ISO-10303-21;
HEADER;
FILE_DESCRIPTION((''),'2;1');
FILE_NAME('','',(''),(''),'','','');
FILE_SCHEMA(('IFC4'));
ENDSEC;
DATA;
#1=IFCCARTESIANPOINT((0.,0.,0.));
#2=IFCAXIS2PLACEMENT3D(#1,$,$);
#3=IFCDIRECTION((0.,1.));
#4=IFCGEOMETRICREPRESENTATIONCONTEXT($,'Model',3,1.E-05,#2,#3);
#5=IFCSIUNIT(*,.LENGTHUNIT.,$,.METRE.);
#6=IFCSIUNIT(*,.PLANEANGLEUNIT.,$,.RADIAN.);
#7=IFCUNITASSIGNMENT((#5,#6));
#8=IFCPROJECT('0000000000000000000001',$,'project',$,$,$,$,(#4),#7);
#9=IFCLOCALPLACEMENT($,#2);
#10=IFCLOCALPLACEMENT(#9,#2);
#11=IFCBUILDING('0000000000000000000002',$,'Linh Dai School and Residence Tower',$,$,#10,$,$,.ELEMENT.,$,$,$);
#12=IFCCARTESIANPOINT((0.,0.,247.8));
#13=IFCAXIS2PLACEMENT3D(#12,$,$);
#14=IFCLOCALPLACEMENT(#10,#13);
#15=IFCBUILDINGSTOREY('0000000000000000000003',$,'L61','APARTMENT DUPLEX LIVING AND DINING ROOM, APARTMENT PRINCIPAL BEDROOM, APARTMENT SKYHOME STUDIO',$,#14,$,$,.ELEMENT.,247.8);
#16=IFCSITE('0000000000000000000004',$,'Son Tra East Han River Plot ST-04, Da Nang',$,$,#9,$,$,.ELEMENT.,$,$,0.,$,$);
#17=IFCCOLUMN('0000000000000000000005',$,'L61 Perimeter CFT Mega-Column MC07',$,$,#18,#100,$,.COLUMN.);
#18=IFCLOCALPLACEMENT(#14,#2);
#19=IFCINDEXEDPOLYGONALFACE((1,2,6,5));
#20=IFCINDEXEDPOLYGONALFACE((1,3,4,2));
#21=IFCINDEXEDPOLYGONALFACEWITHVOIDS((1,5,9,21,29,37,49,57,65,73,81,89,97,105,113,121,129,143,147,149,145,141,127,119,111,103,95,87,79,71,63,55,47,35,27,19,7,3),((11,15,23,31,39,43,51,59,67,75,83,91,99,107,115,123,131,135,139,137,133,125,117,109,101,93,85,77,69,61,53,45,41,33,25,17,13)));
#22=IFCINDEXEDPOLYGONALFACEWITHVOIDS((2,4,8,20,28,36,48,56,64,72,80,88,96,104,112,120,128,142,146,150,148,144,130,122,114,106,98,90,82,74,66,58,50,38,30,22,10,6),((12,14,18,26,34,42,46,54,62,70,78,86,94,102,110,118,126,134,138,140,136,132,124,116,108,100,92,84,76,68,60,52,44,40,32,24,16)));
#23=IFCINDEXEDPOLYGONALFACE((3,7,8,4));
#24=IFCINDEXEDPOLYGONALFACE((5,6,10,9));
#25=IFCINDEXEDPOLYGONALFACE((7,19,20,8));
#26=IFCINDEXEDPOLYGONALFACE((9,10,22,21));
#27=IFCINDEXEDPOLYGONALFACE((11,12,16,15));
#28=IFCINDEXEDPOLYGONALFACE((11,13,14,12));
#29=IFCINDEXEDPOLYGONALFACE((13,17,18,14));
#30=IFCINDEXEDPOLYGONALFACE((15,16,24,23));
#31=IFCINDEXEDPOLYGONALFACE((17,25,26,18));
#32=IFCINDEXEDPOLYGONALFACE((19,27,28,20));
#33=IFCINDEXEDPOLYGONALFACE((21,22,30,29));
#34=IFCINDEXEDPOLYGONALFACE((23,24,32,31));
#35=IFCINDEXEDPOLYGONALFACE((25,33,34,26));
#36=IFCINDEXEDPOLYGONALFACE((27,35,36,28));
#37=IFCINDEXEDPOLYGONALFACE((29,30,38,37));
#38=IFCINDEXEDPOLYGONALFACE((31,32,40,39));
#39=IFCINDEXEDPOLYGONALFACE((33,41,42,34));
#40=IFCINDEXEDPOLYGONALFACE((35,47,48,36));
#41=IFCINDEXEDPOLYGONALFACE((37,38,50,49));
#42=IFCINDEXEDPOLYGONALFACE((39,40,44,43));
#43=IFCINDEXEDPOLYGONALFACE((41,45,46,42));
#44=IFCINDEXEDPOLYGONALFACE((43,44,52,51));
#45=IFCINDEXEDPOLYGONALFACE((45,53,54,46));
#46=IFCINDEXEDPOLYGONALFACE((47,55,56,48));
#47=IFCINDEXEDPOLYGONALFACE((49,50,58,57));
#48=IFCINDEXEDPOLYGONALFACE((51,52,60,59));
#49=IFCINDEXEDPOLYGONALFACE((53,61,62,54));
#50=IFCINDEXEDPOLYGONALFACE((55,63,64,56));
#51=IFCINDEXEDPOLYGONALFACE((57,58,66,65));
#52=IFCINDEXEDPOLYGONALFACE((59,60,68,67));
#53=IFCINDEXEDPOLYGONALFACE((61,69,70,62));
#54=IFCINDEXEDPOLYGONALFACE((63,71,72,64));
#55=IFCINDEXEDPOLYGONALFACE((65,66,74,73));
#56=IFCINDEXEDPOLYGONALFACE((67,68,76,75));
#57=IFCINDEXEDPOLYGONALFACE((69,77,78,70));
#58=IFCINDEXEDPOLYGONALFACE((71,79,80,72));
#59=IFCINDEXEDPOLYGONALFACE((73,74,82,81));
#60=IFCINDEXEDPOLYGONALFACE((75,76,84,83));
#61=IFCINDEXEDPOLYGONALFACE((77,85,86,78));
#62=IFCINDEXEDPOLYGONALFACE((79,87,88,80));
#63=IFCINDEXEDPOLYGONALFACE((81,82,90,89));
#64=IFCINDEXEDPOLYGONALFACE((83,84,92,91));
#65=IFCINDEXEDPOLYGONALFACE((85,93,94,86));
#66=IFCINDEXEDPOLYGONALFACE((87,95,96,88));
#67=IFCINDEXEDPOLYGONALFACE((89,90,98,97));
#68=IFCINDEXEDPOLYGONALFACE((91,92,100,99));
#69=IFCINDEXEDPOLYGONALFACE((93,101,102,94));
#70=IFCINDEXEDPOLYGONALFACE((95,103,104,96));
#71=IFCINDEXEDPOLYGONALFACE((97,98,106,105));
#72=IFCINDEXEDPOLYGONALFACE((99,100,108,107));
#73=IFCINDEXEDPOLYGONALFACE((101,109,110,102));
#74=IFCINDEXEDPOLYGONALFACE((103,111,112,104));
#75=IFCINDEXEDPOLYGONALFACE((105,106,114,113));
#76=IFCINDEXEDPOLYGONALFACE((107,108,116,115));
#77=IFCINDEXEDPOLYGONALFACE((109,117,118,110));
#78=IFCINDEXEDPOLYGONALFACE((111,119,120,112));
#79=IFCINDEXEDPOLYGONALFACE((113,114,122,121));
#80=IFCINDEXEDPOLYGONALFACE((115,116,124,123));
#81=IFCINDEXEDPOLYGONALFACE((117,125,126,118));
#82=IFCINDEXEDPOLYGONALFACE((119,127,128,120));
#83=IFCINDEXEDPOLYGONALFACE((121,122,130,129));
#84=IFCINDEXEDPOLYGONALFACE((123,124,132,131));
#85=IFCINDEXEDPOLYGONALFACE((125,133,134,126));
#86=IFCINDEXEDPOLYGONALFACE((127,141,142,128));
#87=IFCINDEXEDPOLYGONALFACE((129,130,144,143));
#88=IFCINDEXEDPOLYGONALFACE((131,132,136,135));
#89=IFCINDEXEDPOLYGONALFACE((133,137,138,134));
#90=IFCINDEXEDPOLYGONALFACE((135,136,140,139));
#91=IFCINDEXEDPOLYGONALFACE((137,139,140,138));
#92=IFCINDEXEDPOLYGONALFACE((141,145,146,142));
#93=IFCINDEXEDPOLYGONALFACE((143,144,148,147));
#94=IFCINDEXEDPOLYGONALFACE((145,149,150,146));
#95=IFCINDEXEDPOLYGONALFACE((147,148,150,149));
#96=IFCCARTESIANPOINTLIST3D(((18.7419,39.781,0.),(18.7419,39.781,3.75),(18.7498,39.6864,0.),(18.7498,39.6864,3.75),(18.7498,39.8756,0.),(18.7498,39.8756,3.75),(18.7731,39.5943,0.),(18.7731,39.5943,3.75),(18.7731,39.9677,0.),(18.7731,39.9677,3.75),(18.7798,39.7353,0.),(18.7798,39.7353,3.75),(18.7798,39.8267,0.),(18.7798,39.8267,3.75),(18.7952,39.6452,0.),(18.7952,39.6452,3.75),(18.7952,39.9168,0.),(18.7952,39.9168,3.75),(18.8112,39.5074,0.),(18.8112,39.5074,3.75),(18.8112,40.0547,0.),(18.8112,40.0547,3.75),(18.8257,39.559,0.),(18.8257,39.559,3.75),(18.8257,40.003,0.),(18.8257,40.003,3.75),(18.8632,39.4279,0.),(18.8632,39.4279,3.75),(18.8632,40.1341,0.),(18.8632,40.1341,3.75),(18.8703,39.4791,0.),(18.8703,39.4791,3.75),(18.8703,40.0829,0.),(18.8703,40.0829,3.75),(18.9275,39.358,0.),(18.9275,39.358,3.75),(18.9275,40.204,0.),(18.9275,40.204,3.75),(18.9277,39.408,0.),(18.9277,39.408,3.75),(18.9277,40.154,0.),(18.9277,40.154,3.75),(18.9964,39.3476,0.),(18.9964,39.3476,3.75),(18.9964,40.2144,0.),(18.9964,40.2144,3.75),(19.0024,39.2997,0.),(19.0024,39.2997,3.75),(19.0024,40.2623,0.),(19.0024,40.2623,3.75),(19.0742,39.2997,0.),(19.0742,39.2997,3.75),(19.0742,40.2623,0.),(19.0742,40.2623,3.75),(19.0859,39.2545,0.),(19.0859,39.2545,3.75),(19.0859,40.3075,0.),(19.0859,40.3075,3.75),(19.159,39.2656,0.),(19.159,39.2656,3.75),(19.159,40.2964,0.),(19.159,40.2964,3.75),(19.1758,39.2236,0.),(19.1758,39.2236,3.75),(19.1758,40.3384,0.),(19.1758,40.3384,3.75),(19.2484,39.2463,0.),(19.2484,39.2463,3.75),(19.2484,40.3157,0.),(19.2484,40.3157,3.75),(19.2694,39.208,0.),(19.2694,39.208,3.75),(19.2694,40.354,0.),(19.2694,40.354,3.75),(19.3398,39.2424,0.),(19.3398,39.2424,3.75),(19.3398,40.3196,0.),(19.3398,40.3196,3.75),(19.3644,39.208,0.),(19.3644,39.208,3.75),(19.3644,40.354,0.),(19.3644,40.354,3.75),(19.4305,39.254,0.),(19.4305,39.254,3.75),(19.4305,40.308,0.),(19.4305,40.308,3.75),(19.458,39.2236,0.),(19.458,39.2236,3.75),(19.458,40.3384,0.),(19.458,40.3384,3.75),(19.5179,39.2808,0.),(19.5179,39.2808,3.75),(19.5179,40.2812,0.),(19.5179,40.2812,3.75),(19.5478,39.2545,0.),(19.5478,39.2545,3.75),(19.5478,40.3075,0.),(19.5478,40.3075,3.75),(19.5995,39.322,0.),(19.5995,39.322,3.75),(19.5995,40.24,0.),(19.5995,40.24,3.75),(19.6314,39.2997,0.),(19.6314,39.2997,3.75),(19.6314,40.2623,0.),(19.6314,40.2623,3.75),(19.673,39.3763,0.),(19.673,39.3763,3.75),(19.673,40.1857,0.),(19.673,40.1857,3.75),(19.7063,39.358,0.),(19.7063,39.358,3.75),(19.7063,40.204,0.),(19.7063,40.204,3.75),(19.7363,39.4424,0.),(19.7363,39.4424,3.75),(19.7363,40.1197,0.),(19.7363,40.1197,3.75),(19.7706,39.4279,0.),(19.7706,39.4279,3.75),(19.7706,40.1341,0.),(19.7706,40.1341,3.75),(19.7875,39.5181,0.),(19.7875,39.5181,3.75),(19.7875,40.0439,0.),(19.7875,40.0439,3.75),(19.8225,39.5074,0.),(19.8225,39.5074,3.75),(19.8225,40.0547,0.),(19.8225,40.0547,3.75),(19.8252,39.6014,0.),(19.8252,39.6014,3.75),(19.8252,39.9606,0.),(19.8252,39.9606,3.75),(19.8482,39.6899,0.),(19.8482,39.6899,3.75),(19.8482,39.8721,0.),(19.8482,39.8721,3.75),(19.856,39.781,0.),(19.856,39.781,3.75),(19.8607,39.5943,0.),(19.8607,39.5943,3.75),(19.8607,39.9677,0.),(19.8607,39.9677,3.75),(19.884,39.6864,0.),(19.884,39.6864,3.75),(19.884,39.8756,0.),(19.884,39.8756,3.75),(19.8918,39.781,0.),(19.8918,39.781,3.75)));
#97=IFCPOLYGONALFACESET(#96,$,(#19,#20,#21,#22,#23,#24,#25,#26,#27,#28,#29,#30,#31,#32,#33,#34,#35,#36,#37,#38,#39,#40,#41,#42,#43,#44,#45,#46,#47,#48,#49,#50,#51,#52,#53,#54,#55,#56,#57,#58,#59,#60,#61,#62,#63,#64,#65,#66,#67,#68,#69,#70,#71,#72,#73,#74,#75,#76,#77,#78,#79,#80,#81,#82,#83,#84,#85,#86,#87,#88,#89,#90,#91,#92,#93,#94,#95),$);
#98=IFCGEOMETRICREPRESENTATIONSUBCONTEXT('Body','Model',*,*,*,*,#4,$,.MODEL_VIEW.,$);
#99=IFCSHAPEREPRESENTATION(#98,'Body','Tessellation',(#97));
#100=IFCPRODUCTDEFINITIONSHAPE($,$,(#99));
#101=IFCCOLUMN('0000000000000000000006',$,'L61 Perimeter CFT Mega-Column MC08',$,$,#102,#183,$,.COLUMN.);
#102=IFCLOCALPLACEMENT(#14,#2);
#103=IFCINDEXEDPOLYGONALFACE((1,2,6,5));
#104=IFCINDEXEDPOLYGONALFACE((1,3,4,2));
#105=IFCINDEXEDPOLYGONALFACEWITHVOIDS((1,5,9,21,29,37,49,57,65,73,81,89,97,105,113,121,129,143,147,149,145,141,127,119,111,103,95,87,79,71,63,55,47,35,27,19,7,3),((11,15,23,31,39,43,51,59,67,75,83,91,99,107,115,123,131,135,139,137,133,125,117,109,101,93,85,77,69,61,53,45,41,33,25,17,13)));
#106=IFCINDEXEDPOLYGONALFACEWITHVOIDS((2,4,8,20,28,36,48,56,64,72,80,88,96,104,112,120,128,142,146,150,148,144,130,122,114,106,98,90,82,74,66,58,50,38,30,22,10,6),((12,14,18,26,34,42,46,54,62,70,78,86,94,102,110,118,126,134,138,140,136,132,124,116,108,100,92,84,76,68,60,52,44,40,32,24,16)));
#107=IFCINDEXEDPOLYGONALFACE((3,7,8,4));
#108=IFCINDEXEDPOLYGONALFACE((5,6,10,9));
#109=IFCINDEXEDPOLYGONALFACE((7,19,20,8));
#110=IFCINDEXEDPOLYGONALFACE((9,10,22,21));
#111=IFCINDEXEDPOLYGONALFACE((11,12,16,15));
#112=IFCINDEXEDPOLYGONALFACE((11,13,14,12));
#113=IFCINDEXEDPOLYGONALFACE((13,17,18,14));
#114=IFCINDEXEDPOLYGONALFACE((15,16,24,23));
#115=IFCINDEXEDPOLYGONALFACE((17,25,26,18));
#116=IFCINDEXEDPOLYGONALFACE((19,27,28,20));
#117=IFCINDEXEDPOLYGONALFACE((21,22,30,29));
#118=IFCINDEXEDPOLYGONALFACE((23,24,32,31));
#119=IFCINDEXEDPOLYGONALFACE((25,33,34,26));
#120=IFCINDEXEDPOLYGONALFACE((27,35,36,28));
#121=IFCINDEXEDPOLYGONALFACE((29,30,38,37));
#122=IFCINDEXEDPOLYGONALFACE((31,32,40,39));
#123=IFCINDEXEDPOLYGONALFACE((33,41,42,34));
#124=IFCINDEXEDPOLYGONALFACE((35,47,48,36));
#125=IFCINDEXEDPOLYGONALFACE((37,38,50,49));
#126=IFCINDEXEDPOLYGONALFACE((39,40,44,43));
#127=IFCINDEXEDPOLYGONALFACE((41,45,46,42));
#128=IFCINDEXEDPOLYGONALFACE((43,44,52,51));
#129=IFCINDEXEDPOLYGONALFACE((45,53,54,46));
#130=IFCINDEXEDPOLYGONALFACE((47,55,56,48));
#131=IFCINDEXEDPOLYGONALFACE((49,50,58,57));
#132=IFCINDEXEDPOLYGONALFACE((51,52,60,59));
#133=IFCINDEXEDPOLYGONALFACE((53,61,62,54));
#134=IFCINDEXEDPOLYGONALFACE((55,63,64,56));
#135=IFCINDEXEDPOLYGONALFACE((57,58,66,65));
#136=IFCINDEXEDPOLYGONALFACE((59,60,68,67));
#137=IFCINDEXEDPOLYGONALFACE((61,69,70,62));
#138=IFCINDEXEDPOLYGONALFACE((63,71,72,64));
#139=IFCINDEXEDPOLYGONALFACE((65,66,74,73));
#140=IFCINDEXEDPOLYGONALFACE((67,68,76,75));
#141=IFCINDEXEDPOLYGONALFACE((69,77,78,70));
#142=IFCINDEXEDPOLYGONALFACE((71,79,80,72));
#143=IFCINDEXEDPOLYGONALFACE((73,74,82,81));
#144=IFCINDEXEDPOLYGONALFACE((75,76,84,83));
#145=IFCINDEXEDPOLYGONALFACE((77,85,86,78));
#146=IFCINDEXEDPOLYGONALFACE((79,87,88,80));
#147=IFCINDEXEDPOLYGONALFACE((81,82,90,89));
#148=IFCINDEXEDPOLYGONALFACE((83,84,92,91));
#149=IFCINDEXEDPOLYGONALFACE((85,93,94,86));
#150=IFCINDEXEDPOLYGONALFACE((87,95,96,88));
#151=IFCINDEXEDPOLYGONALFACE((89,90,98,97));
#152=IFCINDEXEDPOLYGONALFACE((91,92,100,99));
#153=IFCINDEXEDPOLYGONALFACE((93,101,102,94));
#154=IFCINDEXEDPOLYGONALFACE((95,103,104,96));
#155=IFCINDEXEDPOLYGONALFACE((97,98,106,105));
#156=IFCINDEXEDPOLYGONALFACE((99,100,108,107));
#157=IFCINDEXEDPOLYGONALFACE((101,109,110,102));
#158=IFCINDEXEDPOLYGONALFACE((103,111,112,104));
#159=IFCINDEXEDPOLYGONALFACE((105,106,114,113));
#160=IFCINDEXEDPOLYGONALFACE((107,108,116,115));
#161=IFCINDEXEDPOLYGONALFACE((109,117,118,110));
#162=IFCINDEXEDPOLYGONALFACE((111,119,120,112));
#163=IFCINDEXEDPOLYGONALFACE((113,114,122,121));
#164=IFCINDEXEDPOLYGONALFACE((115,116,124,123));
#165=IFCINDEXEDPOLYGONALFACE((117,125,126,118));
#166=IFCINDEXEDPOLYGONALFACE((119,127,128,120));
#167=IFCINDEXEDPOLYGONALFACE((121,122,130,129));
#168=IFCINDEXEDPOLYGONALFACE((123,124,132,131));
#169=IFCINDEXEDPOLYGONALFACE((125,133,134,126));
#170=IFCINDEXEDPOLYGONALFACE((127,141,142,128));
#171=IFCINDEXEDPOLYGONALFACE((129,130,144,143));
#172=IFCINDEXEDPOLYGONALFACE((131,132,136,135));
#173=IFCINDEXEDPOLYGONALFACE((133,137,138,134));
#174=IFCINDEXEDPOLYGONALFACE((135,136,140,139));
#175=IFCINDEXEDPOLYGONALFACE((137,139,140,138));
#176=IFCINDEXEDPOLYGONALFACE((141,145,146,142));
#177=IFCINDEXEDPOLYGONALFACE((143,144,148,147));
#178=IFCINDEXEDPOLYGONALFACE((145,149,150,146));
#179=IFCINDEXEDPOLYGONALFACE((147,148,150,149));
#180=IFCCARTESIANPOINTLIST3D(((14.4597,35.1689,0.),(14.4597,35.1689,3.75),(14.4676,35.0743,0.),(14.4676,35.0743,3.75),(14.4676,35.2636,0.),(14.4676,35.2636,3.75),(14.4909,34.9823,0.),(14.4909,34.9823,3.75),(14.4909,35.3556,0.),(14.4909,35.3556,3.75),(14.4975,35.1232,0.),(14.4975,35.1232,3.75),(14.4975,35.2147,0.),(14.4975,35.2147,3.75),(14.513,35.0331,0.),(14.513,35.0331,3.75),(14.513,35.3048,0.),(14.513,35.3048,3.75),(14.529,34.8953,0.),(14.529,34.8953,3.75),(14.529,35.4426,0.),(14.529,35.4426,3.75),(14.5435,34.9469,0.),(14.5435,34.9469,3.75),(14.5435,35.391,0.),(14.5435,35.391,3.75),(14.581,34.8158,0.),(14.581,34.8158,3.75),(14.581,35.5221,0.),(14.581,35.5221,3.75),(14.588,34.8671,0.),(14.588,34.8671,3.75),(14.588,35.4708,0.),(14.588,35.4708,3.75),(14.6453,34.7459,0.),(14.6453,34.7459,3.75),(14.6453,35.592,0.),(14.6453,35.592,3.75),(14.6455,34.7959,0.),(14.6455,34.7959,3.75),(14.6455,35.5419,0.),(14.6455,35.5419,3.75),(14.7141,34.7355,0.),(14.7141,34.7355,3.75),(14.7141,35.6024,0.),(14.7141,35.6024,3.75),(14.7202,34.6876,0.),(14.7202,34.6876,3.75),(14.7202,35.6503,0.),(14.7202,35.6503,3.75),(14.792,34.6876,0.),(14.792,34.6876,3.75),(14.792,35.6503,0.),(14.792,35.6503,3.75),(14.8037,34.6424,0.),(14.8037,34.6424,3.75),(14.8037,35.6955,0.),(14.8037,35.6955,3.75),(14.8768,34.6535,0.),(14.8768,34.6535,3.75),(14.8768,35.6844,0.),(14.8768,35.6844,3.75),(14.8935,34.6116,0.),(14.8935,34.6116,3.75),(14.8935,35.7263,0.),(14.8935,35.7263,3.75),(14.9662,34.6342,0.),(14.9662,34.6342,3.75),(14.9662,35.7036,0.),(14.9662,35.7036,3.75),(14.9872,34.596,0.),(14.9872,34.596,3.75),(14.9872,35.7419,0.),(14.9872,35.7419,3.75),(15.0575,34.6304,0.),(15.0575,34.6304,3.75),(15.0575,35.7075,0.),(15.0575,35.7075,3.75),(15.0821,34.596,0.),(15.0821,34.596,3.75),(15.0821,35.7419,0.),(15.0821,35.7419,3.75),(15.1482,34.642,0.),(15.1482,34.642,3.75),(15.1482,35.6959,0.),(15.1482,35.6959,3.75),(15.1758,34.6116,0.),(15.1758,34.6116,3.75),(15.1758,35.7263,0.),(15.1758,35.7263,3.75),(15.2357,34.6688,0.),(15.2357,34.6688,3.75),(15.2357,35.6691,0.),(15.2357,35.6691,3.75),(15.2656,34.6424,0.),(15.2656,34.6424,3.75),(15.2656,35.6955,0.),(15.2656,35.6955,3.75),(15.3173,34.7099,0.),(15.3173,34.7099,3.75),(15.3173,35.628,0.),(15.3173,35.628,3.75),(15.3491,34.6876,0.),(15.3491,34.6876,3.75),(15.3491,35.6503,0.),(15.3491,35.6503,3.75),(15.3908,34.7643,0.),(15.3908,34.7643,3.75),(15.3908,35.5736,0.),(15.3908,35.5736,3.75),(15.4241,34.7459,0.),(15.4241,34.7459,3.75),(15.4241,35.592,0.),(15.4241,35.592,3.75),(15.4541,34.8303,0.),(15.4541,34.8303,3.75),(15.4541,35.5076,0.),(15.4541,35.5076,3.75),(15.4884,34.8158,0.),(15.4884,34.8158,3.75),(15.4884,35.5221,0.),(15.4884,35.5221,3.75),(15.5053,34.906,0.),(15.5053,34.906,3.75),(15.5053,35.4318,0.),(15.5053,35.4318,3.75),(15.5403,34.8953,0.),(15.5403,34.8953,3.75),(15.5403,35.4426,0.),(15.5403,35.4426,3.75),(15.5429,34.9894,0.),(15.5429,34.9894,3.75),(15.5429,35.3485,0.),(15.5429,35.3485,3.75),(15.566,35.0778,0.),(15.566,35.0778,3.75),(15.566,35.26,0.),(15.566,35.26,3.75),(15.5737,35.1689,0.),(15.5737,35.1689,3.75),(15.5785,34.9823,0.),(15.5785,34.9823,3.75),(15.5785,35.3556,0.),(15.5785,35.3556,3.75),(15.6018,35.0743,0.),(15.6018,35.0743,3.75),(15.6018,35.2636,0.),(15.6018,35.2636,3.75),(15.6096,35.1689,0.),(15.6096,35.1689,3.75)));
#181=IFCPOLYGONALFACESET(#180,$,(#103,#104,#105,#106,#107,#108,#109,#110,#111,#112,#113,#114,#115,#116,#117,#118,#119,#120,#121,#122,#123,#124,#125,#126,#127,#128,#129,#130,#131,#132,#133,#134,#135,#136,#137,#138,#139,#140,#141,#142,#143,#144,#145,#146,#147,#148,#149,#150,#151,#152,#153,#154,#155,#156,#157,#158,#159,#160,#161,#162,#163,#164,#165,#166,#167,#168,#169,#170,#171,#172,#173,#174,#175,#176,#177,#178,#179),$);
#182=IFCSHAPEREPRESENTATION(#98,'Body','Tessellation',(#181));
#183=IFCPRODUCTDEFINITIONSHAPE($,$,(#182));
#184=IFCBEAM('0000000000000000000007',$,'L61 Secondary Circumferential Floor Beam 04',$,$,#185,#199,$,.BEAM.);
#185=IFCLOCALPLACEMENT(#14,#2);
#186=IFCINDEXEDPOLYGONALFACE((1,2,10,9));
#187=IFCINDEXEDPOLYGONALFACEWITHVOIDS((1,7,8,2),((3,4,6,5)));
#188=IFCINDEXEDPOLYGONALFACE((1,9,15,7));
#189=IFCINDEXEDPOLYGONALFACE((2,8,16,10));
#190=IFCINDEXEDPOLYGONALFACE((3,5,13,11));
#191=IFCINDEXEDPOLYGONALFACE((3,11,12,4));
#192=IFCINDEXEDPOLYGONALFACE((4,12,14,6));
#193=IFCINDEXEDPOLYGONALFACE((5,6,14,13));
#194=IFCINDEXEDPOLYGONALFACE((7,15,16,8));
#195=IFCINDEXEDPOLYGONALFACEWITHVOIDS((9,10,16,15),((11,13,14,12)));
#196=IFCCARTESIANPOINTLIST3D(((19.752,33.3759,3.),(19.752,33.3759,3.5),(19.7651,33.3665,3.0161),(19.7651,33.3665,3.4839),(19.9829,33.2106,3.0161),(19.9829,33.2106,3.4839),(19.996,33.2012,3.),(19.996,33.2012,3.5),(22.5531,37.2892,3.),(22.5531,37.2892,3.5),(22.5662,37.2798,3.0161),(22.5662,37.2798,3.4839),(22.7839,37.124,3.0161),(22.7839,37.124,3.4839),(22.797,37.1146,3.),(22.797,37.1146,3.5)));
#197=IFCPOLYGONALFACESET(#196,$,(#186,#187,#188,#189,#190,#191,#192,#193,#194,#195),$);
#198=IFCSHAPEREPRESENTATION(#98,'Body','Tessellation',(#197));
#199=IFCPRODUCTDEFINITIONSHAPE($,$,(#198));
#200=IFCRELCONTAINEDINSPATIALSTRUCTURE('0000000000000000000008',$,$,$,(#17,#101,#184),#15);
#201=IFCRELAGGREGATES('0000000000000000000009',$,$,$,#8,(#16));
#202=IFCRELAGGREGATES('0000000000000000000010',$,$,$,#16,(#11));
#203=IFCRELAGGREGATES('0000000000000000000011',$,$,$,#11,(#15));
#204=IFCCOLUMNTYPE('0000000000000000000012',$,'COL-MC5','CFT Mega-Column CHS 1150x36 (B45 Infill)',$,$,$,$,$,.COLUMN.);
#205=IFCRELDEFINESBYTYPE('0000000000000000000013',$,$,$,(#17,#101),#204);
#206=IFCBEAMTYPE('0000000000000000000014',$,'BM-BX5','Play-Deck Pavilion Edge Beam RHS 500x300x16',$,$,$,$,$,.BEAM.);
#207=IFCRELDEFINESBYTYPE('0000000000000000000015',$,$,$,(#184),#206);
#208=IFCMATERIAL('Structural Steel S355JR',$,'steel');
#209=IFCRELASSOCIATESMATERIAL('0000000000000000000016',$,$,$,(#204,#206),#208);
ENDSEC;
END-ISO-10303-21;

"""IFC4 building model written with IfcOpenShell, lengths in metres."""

from ifc_helpers import new_model, si_unit, direction, frame, origin, origin_2d, place, context, subcontext, project, spatial, hollow_rectangle, hollow_circle, extrude, material, material_profile, profile_set, type_object, element, save


model = new_model("IFC4")

# Units and contexts
model_context = context("Model", 3, precision=1e-05, world=origin(), true_north=direction((0.0, 1.0)))
body_context = subcontext(model_context, "Body", "Model", "MODEL_VIEW")
ifc_project = project(units=[si_unit("LENGTHUNIT", "METRE"), si_unit("PLANEANGLEUNIT", "RADIAN")], contexts=[model_context])

# Site, building, storey
site_placement = place(None, origin())
site = spatial("IfcSite", under=ifc_project, at=site_placement, Name="Son Tra East Han River Plot ST-04, Da Nang", CompositionType="ELEMENT", RefElevation=0.0)
building_placement = place(site_placement, origin())
building = spatial("IfcBuilding", under=site, at=building_placement, Name="Linh Dai School and Residence Tower", CompositionType="ELEMENT")
storey_placement = place(building_placement, frame((0.0, 0.0, 247.8)))
storey = spatial("IfcBuildingStorey", under=building, at=storey_placement, Name="L61", Description="APARTMENT DUPLEX LIVING AND DINING ROOM, APARTMENT PRINCIPAL BEDROOM, APARTMENT SKYHOME STUDIO", CompositionType="ELEMENT", Elevation=247.8)

# Columns
ifc_material_1 = material(Name="Structural Steel S355JR", Category="steel")
ifc_material_profile_1 = material_profile(ifc_material_1, hollow_circle(Radius=0.575, WallThickness=0.0359, at=origin_2d()), Name="CHS 1150x36")
ifc_profile_set_1 = profile_set([ifc_material_profile_1], Name="Structural Steel S355JR")
column_type = type_object("IfcColumnType", Name="COL-MC5", Description="CFT Mega-Column CHS 1150x36 (B45 Infill)", PredefinedType="COLUMN", material=ifc_profile_set_1)
for number, where, z_axis, x_axis, name in (
    (1, (19.3169, 39.781, 0.0), (0.0, 0.0, 1.0), (1.0, 0.0, 0.0), "L61 Perimeter CFT Mega-Column MC07"),
    (2, (15.0347, 35.1689, 0.0), (0.0, 0.0, 1.0), (1.0, 0.0, 0.0), "L61 Perimeter CFT Mega-Column MC08"),
):
    element("IfcColumn", number, at=place(storey_placement, frame(where, z_axis=z_axis, x_axis=x_axis)), inside=storey, type_object=column_type, Name=name, PredefinedType="COLUMN", context=body_context, shape_type="SweptSolid", body=[
        extrude(hollow_circle(Radius=0.575, WallThickness=0.0359, at=origin_2d()), origin(), (0.0, 0.0, 1.0), 3.75),
    ])

# Beam
ifc_material_profile_2 = material_profile(ifc_material_1, hollow_rectangle(XDim=0.3, YDim=0.5, WallThickness=0.0161, at=origin_2d()), Name="RHS 500x300x16")
ifc_profile_set_2 = profile_set([ifc_material_profile_2], Name="Structural Steel S355JR")
beam_type_1 = type_object("IfcBeamType", Name="BM-BX5", Description="Play-Deck Pavilion Edge Beam RHS 500x300x16", PredefinedType="BEAM", material=ifc_profile_set_2)
beam_1_placement = place(storey_placement, frame((22.675, 37.2019, 3.25), z_axis=(-0.582035, -0.813164, 0.0), x_axis=(0.813164, -0.582035, 0.0)))
element("IfcBeam", 3, at=beam_1_placement, inside=storey, type_object=beam_type_1, Name="L61 Secondary Circumferential Floor Beam 04", PredefinedType="BEAM", context=body_context, shape_type="SweptSolid", body=[
    extrude(hollow_rectangle(XDim=0.3, YDim=0.5, WallThickness=0.0161, at=origin_2d()), origin(), (0.0, 0.0, 1.0), 4.8125),
])

save(model, "model.ifc")
